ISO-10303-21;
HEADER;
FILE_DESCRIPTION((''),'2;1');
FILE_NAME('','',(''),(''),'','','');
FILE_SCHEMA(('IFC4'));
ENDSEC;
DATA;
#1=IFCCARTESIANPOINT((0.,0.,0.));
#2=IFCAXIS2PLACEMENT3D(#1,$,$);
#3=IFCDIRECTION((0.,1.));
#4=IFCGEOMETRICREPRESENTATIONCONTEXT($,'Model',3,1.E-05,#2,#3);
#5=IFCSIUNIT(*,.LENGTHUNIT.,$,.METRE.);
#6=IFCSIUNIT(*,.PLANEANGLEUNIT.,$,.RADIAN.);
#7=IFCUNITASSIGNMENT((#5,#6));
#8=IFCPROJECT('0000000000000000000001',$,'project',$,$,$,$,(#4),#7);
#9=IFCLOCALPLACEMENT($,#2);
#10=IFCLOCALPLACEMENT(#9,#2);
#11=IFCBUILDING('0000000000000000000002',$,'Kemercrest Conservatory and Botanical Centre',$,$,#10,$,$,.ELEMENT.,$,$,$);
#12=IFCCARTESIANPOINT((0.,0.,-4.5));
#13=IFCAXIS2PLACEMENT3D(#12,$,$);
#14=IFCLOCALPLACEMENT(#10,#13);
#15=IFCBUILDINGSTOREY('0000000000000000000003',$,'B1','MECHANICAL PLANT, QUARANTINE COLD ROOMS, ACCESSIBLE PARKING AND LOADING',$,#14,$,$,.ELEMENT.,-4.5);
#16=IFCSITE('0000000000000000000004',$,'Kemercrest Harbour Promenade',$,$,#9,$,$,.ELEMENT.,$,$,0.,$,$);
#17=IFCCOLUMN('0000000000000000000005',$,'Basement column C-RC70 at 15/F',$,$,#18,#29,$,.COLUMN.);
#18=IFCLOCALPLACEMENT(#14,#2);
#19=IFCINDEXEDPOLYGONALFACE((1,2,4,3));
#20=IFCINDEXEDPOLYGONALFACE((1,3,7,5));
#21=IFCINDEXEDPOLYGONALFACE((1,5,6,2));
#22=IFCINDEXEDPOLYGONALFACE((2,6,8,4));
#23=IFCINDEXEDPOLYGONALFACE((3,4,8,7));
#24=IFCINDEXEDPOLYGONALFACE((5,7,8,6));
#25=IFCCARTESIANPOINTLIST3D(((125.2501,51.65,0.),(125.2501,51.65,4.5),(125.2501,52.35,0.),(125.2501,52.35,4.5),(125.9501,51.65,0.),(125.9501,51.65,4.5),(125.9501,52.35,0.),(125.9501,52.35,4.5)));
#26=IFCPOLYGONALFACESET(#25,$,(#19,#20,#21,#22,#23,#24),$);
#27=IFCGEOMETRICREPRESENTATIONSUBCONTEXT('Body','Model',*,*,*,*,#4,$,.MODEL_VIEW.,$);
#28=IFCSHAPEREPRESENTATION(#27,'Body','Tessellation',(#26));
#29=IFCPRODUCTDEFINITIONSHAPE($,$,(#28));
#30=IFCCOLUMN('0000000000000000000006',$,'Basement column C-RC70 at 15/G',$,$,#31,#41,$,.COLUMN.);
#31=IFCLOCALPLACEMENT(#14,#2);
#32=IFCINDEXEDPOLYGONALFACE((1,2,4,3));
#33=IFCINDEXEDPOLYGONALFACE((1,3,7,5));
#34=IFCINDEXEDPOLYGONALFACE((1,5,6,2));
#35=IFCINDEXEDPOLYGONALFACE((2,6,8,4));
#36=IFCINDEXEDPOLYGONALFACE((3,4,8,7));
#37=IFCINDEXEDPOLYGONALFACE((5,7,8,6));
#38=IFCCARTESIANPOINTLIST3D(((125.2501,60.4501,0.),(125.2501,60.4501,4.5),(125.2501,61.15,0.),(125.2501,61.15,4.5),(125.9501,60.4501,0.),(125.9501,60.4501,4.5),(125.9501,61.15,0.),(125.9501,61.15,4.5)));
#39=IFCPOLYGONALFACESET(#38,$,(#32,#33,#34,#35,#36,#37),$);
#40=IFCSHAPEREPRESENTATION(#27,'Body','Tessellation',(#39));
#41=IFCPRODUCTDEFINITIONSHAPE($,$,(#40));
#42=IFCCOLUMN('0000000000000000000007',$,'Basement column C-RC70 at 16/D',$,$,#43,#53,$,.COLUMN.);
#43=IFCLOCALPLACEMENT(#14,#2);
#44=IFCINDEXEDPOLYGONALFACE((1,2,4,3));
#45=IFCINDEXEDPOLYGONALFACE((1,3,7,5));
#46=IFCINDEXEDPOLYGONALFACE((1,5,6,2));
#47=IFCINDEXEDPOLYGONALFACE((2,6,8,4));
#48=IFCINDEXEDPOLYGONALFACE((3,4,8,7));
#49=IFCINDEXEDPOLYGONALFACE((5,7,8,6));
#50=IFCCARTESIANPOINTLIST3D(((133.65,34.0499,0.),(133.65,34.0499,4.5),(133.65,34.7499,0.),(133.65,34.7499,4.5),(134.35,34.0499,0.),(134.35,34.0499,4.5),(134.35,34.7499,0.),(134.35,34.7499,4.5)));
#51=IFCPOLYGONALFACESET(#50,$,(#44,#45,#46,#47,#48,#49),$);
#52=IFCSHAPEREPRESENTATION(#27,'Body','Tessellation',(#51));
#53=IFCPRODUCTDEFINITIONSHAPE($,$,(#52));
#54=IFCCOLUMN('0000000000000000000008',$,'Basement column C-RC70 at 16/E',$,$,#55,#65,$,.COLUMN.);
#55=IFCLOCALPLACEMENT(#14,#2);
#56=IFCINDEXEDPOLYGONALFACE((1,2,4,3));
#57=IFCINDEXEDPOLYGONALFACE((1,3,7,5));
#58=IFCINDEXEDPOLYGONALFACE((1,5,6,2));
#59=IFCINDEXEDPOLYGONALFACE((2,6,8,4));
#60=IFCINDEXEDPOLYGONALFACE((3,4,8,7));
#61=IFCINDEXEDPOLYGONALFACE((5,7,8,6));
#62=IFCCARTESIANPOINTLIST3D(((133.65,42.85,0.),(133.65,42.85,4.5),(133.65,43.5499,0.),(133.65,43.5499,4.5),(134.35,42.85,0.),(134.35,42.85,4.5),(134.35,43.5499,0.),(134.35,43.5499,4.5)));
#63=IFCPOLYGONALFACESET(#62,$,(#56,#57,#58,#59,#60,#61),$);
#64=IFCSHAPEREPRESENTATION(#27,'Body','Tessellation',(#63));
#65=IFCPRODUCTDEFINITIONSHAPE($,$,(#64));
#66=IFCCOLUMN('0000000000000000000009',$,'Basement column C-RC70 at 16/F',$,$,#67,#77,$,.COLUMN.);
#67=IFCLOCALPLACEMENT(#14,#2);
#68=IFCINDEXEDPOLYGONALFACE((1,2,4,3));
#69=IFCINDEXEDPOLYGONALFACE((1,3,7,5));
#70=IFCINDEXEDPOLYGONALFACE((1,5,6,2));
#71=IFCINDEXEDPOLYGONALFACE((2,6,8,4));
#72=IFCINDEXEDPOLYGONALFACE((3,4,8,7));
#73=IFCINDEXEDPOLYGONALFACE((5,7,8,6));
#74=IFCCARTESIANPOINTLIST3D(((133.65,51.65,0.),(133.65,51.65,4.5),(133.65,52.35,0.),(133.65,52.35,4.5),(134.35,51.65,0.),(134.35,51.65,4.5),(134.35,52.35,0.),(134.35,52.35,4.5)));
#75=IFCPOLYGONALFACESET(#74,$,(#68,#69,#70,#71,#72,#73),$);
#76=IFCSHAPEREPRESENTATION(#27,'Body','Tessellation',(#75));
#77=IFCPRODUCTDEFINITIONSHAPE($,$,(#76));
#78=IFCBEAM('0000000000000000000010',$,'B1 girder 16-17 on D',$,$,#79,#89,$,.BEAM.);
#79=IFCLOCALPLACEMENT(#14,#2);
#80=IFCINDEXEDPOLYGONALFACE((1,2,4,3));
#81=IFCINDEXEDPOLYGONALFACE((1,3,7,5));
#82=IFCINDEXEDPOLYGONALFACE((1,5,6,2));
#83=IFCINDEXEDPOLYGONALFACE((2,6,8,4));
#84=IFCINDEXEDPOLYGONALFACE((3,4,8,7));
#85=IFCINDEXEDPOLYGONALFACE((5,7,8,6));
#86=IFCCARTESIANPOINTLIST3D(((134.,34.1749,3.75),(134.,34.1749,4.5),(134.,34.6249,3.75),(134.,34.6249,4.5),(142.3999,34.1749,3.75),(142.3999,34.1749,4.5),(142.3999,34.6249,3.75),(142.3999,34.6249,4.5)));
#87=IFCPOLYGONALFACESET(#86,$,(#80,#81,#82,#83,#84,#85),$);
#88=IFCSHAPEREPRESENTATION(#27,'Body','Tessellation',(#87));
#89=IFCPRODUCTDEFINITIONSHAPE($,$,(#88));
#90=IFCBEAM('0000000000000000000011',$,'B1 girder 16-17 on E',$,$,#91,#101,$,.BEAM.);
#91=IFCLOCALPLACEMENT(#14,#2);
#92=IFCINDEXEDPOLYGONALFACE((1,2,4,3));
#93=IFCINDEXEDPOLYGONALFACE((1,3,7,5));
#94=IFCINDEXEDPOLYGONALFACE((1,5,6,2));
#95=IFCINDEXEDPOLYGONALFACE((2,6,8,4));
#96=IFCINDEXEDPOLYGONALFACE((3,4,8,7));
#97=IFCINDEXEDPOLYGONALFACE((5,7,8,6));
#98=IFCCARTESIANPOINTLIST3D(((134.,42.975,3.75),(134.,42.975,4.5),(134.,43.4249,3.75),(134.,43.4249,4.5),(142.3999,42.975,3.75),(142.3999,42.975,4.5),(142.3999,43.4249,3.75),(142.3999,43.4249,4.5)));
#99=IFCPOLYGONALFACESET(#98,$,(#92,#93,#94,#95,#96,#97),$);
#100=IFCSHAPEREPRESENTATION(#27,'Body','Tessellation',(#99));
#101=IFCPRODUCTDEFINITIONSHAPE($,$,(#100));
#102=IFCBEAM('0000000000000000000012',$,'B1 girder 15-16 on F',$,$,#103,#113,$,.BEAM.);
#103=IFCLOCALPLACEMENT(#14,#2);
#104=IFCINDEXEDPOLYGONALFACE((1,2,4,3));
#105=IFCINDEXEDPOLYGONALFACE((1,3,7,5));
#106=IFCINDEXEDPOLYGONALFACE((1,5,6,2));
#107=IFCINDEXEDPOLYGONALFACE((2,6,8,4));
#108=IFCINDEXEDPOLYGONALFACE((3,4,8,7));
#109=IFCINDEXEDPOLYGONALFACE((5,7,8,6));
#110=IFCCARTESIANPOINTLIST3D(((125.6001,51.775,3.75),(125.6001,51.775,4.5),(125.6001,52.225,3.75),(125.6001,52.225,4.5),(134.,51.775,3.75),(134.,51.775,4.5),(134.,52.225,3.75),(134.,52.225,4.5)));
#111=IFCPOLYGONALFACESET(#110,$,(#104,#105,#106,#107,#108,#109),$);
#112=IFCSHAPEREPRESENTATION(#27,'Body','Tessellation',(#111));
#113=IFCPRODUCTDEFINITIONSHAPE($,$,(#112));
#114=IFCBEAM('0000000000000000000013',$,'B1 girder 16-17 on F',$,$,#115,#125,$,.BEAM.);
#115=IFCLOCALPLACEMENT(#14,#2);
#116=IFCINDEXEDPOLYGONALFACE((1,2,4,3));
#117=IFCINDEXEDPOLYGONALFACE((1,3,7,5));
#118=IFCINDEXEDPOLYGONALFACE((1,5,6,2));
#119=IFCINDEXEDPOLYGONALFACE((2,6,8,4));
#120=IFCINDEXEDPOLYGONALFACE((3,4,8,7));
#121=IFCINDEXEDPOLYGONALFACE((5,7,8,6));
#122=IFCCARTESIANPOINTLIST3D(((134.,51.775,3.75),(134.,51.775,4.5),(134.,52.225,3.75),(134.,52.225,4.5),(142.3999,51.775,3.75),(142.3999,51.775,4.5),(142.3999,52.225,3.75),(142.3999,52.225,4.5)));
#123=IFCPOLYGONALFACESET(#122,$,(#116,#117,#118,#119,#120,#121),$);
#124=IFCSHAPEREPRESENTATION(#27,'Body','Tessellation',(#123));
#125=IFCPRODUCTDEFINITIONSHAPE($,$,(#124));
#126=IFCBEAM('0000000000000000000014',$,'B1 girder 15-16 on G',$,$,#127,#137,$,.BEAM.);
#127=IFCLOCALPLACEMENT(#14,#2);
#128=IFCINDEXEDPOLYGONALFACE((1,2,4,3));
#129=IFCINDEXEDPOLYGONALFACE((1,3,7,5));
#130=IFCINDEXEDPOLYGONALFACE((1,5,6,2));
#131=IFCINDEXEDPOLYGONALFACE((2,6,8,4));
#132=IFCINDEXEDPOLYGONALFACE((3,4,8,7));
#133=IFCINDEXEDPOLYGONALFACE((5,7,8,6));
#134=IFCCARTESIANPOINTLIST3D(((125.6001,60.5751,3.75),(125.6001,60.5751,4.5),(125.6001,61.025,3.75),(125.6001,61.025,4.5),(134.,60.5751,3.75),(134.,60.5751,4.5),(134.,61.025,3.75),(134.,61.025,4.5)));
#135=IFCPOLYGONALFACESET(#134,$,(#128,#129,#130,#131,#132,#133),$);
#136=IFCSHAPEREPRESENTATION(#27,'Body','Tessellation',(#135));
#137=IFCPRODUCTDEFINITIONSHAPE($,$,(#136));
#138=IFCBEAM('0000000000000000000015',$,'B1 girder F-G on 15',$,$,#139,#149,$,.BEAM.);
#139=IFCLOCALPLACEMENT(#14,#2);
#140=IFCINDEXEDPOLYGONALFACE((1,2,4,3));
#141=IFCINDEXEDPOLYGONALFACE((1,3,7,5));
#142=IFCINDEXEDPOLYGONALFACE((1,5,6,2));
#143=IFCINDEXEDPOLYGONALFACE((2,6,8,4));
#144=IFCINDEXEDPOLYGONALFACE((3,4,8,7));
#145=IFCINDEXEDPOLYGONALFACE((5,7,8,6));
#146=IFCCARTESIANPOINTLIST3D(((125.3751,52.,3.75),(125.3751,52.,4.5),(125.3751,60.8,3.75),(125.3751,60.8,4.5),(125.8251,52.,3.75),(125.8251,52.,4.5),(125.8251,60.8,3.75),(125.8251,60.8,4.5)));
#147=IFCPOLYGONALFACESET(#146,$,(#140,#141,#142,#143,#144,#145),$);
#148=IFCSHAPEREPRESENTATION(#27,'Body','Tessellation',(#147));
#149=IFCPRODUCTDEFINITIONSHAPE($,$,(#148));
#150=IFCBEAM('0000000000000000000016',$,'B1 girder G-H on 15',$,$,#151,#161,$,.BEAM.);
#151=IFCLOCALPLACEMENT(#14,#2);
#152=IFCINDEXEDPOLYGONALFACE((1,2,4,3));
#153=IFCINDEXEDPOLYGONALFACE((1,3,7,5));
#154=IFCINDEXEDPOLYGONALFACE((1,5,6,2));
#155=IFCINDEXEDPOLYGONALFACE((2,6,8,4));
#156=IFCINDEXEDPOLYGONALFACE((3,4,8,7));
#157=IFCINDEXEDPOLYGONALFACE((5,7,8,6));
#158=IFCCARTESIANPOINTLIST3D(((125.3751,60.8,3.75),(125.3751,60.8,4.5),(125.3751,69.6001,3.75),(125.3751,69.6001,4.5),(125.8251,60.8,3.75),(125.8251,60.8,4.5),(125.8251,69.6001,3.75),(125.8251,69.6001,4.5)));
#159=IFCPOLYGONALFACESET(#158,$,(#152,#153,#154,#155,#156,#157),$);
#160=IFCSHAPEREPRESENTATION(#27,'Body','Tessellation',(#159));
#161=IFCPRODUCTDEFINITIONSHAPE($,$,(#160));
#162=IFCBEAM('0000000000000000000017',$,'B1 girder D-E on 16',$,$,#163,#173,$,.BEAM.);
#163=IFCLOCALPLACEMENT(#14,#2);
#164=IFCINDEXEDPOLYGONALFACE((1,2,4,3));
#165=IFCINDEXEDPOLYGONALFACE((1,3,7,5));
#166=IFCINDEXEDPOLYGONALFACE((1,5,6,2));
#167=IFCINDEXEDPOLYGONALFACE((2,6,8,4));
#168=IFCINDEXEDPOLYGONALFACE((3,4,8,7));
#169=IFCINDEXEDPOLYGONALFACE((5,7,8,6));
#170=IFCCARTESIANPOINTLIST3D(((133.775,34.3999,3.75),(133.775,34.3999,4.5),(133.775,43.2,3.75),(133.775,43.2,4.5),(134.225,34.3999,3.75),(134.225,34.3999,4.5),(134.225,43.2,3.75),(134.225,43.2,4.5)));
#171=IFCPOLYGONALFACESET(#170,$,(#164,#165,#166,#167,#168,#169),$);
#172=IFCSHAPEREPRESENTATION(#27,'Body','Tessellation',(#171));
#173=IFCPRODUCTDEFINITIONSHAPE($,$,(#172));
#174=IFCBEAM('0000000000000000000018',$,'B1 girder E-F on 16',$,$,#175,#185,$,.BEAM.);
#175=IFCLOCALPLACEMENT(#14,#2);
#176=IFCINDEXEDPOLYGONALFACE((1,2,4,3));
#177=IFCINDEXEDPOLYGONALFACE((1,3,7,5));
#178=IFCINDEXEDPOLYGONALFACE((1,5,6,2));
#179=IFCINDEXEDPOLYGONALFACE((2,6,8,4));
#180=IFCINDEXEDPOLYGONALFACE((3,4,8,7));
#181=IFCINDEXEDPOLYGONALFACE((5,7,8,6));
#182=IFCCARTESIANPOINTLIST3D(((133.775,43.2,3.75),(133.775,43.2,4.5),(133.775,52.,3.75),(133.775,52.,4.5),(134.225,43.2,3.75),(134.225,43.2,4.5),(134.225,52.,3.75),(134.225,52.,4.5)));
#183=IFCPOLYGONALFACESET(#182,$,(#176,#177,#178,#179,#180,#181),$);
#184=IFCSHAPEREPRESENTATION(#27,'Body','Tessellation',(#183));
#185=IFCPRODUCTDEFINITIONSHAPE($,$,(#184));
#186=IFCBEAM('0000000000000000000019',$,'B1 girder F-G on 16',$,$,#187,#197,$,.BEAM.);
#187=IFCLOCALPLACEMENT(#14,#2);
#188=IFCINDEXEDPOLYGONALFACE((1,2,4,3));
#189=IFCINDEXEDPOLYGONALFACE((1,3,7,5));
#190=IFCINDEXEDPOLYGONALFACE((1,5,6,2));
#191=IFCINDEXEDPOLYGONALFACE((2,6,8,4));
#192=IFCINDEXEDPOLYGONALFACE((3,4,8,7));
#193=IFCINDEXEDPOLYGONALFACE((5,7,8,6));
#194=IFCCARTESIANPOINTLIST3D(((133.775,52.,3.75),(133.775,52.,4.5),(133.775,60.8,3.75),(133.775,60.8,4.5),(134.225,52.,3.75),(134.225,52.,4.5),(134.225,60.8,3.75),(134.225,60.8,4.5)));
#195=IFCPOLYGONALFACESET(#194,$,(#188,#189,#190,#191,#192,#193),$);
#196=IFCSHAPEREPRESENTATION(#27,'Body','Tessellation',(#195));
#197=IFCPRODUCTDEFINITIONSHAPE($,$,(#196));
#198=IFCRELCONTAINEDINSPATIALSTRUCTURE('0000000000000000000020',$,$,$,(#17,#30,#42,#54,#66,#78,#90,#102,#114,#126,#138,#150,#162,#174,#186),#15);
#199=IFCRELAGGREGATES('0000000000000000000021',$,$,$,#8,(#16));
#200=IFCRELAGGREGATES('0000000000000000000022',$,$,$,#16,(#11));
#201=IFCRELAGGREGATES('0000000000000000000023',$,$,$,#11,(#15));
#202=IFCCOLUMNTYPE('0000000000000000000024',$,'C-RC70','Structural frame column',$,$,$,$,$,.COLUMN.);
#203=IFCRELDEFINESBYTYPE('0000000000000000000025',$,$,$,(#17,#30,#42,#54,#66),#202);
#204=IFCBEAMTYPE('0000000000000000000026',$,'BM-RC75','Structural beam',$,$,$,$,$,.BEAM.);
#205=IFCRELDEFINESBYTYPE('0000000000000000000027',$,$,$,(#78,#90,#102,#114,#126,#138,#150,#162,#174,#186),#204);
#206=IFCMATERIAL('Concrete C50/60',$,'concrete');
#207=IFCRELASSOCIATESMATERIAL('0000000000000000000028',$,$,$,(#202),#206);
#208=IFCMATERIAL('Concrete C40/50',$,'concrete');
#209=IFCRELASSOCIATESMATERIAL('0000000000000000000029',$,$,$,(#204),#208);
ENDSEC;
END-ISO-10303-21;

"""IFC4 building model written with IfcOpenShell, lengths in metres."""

from ifc_helpers import new_model, si_unit, direction, frame, origin, origin_2d, place, context, subcontext, project, spatial, rectangle, extrude, material, material_profile, profile_set, type_object, element, save


model = new_model("IFC4")

# Units and contexts
model_context = context("Model", 3, precision=1e-05, world=origin(), true_north=direction((0.0, 1.0)))
body_context = subcontext(model_context, "Body", "Model", "MODEL_VIEW")
ifc_project = project(units=[si_unit("LENGTHUNIT", "METRE"), si_unit("PLANEANGLEUNIT", "RADIAN")], contexts=[model_context])

# Site, building, storey
site_placement = place(None, origin())
site = spatial("IfcSite", under=ifc_project, at=site_placement, Name="Kemercrest Harbour Promenade", CompositionType="ELEMENT", RefElevation=0.0)
building_placement = place(site_placement, origin())
building = spatial("IfcBuilding", under=site, at=building_placement, Name="Kemercrest Conservatory and Botanical Centre", CompositionType="ELEMENT")
storey_placement = place(building_placement, frame((0.0, 0.0, -4.5)))
storey = spatial("IfcBuildingStorey", under=building, at=storey_placement, Name="B1", Description="MECHANICAL PLANT, QUARANTINE COLD ROOMS, ACCESSIBLE PARKING AND LOADING", CompositionType="ELEMENT", Elevation=-4.5)

# Shared definitions
ifc_material_1 = material(Name="Concrete C40/50", Category="concrete")

# Columns
ifc_material_2 = material(Name="Concrete C50/60", Category="concrete")
ifc_material_profile_1 = material_profile(ifc_material_2, rectangle(XDim=0.7, YDim=0.7, at=origin_2d()), Name="RC 700x700")
ifc_profile_set_1 = profile_set([ifc_material_profile_1], Name="Concrete C50/60")
column_type = type_object("IfcColumnType", Name="C-RC70", Description="Structural frame column", PredefinedType="COLUMN", material=ifc_profile_set_1)
for number, where, z_axis, x_axis, name in (
    (1, (125.6001, 52.0, 0.0), (0.0, 0.0, 1.0), (1.0, 0.0, 0.0), "Basement column C-RC70 at 15/F"),
    (2, (125.6001, 60.8, 0.0), (0.0, 0.0, 1.0), (1.0, 0.0, 0.0), "Basement column C-RC70 at 15/G"),
    (3, (134.0, 34.3999, 0.0), (0.0, 0.0, 1.0), (1.0, 0.0, 0.0), "Basement column C-RC70 at 16/D"),
    (4, (134.0, 43.2, 0.0), (0.0, 0.0, 1.0), (1.0, 0.0, 0.0), "Basement column C-RC70 at 16/E"),
    (5, (134.0, 52.0, 0.0), (0.0, 0.0, 1.0), (1.0, 0.0, 0.0), "Basement column C-RC70 at 16/F"),
):
    element("IfcColumn", number, at=place(storey_placement, frame(where, z_axis=z_axis, x_axis=x_axis)), inside=storey, type_object=column_type, Name=name, PredefinedType="COLUMN", context=body_context, shape_type="SweptSolid", body=[
        extrude(rectangle(XDim=0.7, YDim=0.7, at=origin_2d()), origin(), (0.0, 0.0, 1.0), 4.5),
    ])

# Beams
ifc_material_profile_2 = material_profile(ifc_material_1, rectangle(XDim=0.45, YDim=0.75, at=origin_2d()), Name="RC 450x750")
ifc_profile_set_2 = profile_set([ifc_material_profile_2], Name="Concrete C40/50")
beam_type = type_object("IfcBeamType", Name="BM-RC75", Description="Structural beam", PredefinedType="BEAM", material=ifc_profile_set_2)
for number, where, z_axis, x_axis, name in (
    (6, (134.0, 34.3999, 4.125), (1.0, 0.0, 0.0), (0.0, 1.0, 0.0), "B1 girder 16-17 on D"),
    (7, (134.0, 43.2, 4.125), (1.0, 0.0, 0.0), (0.0, 1.0, 0.0), "B1 girder 16-17 on E"),
    (8, (125.6001, 52.0, 4.125), (1.0, 0.0, 0.0), (0.0, 1.0, 0.0), "B1 girder 15-16 on F"),
    (9, (134.0, 52.0, 4.125), (1.0, 0.0, 0.0), (0.0, 1.0, 0.0), "B1 girder 16-17 on F"),
    (10, (125.6001, 60.8, 4.125), (1.0, 0.0, 0.0), (0.0, 1.0, 0.0), "B1 girder 15-16 on G"),
):
    element("IfcBeam", number, at=place(storey_placement, frame(where, z_axis=z_axis, x_axis=x_axis)), inside=storey, type_object=beam_type, Name=name, PredefinedType="BEAM", context=body_context, shape_type="SweptSolid", body=[
        extrude(rectangle(XDim=0.45, YDim=0.75, at=origin_2d()), origin(), (0.0, 0.0, 1.0), 8.3999),
    ])
for number, where, z_axis, x_axis, name in (
    (11, (125.6001, 52.0, 4.125), (0.0, 1.0, 0.0), (-1.0, 0.0, 0.0), "B1 girder F-G on 15"),
    (12, (125.6001, 60.8, 4.125), (0.0, 1.0, 0.0), (-1.0, 0.0, 0.0), "B1 girder G-H on 15"),
    (13, (134.0, 34.3999, 4.125), (0.0, 1.0, 0.0), (-1.0, 0.0, 0.0), "B1 girder D-E on 16"),
    (14, (134.0, 43.2, 4.125), (0.0, 1.0, 0.0), (-1.0, 0.0, 0.0), "B1 girder E-F on 16"),
    (15, (134.0, 52.0, 4.125), (0.0, 1.0, 0.0), (-1.0, 0.0, 0.0), "B1 girder F-G on 16"),
):
    element("IfcBeam", number, at=place(storey_placement, frame(where, z_axis=z_axis, x_axis=x_axis)), inside=storey, type_object=beam_type, Name=name, PredefinedType="BEAM", context=body_context, shape_type="SweptSolid", body=[
        extrude(rectangle(XDim=0.45, YDim=0.75, at=origin_2d()), origin(), (0.0, 0.0, 1.0), 8.8),
    ])

save(model, "model.ifc")
